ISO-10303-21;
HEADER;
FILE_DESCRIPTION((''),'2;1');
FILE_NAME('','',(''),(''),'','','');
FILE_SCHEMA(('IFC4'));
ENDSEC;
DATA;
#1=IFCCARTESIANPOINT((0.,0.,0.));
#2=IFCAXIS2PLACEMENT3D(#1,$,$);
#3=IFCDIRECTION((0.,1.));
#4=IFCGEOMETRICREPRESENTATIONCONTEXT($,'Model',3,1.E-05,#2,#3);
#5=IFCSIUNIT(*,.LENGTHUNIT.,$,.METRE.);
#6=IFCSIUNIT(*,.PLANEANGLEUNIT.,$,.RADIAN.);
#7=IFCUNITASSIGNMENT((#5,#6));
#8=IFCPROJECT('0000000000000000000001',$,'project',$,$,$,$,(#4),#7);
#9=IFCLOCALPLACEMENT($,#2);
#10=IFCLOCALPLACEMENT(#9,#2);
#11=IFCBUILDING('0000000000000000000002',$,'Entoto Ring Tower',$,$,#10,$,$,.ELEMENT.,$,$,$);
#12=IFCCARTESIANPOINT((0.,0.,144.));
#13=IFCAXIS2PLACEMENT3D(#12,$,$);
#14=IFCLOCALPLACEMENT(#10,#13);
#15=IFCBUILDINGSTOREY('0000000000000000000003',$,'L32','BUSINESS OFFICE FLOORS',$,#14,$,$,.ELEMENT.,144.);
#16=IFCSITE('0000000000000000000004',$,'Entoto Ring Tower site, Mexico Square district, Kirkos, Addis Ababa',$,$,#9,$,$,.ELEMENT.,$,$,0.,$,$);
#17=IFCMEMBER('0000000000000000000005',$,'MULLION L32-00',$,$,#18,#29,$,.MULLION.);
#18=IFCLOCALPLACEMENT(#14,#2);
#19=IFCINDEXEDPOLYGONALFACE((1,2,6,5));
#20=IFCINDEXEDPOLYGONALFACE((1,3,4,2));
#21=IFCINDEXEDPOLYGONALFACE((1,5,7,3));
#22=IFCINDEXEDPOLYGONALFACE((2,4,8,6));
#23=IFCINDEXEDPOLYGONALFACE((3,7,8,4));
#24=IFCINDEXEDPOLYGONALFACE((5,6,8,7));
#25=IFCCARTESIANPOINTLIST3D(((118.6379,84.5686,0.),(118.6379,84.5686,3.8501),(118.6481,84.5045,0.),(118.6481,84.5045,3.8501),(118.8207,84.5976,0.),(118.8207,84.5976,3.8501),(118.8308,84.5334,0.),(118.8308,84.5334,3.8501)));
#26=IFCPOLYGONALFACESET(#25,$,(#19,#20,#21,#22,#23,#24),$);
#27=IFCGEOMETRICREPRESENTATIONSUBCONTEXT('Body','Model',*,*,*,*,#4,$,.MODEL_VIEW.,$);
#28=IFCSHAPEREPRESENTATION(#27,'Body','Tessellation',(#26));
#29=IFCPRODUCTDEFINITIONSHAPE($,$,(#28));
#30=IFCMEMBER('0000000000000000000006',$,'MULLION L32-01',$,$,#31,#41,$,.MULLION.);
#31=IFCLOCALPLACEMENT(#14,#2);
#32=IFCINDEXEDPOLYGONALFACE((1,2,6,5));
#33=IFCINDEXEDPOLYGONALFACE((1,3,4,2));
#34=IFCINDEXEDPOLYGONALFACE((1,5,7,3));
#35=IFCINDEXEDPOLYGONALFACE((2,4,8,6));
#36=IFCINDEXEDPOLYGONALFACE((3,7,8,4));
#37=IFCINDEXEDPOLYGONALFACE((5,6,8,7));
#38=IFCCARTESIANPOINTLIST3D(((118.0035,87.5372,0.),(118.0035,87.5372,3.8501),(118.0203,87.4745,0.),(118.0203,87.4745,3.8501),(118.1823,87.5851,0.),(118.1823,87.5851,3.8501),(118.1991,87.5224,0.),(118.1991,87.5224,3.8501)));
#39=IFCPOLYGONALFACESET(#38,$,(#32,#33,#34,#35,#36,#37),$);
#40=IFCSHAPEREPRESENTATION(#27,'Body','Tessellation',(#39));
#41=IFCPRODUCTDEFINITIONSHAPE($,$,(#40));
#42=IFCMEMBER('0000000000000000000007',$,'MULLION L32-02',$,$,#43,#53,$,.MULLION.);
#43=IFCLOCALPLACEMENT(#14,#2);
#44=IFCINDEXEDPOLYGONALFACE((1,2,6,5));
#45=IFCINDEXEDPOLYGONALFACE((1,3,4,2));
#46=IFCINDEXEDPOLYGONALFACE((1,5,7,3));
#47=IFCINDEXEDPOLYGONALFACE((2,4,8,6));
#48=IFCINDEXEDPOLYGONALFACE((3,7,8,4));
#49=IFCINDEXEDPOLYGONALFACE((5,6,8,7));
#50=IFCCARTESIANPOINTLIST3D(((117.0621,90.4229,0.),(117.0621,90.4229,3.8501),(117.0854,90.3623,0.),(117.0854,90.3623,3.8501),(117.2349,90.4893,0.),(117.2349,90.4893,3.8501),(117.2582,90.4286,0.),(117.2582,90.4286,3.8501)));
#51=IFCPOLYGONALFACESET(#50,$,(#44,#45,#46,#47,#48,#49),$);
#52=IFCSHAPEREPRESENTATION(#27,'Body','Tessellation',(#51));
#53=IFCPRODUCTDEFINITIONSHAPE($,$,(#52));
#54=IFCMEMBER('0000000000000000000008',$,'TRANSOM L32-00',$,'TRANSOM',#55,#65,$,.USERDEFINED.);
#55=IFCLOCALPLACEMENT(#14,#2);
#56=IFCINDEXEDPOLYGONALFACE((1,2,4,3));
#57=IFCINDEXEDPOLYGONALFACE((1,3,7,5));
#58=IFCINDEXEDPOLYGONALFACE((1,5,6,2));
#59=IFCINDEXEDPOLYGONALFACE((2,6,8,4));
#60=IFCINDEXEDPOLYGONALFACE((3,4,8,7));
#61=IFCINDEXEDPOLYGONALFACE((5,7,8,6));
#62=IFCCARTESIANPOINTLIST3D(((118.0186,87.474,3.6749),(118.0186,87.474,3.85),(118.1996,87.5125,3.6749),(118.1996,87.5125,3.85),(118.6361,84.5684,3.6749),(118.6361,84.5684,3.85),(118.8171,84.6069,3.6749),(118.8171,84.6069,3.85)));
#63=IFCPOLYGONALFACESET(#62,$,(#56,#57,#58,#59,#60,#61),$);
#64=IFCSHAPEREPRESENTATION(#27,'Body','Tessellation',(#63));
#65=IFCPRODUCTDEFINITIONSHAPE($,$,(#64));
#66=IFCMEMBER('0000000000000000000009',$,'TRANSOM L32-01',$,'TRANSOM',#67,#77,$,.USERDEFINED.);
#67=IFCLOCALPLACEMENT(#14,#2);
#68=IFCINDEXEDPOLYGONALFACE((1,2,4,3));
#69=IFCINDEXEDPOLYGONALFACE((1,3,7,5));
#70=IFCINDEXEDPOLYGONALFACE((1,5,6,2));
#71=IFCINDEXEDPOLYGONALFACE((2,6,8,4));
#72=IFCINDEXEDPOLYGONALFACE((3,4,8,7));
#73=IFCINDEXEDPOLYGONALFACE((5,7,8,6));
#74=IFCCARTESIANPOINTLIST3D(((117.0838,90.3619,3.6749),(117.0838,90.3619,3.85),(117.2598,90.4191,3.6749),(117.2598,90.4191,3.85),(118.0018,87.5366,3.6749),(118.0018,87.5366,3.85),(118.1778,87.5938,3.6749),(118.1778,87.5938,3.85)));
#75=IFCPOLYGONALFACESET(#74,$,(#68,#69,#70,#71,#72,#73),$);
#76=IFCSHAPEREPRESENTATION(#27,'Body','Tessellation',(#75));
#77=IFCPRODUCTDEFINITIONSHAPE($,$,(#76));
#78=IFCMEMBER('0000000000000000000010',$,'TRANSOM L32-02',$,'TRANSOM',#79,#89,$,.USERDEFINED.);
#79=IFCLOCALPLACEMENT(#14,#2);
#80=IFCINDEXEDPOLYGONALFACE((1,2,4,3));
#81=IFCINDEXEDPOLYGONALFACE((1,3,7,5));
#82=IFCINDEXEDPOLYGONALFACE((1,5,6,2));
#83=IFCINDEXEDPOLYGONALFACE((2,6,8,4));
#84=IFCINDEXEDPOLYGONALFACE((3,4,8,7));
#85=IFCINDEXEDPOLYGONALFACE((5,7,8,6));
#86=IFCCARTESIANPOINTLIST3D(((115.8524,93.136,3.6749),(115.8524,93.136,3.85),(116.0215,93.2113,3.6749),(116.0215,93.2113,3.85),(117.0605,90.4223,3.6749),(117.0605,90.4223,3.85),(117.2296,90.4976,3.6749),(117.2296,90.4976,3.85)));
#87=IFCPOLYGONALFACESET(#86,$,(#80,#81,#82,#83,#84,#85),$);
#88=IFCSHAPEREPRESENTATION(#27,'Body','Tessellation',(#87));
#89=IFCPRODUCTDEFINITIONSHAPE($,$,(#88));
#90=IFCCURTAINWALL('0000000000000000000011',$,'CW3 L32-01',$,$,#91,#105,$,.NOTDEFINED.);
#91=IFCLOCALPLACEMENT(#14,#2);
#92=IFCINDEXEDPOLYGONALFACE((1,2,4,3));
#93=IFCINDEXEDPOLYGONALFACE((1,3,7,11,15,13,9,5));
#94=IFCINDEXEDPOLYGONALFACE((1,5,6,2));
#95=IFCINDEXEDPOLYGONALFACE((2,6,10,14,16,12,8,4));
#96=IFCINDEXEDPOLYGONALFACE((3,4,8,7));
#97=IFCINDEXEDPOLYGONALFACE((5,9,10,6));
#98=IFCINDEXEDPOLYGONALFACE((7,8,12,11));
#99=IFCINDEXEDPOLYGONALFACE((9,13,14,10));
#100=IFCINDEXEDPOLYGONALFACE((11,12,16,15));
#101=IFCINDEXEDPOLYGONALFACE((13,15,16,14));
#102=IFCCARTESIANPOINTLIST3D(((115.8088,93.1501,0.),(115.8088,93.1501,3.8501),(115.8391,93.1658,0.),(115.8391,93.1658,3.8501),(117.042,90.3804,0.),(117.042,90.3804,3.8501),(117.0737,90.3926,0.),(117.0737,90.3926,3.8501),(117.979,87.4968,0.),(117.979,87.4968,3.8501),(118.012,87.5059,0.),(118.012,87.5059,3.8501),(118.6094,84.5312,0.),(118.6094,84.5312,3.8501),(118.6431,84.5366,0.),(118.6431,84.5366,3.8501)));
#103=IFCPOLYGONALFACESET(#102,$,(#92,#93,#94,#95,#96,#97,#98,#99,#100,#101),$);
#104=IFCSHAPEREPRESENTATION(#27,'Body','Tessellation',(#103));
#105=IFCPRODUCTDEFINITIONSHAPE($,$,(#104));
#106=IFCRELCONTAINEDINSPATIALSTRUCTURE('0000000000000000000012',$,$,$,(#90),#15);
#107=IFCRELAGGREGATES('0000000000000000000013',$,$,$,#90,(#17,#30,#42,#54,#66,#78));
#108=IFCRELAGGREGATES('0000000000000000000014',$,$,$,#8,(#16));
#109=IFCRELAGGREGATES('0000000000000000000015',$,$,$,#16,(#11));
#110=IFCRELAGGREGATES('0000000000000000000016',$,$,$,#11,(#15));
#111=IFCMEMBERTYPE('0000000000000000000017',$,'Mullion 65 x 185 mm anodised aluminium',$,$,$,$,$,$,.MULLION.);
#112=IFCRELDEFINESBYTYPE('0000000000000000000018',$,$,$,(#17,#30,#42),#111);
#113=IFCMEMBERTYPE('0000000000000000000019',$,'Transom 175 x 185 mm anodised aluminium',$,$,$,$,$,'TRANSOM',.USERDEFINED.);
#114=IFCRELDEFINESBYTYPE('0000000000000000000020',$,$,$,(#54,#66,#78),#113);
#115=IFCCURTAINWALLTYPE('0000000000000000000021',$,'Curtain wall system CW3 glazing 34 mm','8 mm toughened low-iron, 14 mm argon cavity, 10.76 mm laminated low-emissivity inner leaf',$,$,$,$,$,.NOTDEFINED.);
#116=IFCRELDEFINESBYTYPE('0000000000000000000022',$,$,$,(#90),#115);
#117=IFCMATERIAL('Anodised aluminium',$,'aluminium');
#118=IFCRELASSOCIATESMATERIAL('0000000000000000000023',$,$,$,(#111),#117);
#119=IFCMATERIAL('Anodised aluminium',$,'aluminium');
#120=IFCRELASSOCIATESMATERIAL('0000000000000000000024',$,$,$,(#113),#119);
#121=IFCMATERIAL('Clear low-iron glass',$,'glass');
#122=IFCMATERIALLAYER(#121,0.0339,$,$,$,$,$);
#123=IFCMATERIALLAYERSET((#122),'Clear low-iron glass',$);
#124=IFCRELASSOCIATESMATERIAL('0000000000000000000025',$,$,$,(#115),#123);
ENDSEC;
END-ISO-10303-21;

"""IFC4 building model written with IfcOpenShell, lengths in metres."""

from ifc_helpers import new_model, si_unit, direction, frame, origin, origin_2d, place, context, subcontext, project, spatial, polyline, rectangle, outline, extrude, material, layer, layer_set, material_profile, profile_set, type_object, element, aggregate, save


model = new_model("IFC4")

# Units and contexts
model_context = context("Model", 3, precision=1e-05, world=origin(), true_north=direction((0.0, 1.0)))
body_context = subcontext(model_context, "Body", "Model", "MODEL_VIEW")
ifc_project = project(units=[si_unit("LENGTHUNIT", "METRE"), si_unit("PLANEANGLEUNIT", "RADIAN")], contexts=[model_context])

# Members
ifc_material_1 = material(Name="Anodised aluminium", Category="aluminium")
ifc_material_profile_1 = material_profile(ifc_material_1, rectangle(XDim=0.0649, YDim=0.1851, at=origin_2d()), Name="Mullion 65 x 185 mm anodised aluminium")
ifc_profile_set_1 = profile_set([ifc_material_profile_1], Name="Anodised aluminium")
member_type_1 = type_object("IfcMemberType", Name="Mullion 65 x 185 mm anodised aluminium", PredefinedType="MULLION", material=ifc_profile_set_1)
site_placement = place(None, origin())
building_placement = place(site_placement, origin())
storey_placement = place(building_placement, frame((0.0, 0.0, 144.0)))
member_1_placement = place(storey_placement, frame((118.7344, 84.551, 0.0), z_axis=(0.0, 0.0, 1.0), x_axis=(-0.156434, 0.987688, 0.0)))
member_1 = element("IfcMember", 1, at=member_1_placement, type_object=member_type_1, Name="MULLION L32-00", PredefinedType="MULLION", context=body_context, shape_type="SweptSolid", body=[
    extrude(rectangle(XDim=0.0649, YDim=0.1851, at=origin_2d()), origin(), (0.0, 0.0, 1.0), 3.8501),
])
member_2_placement = place(storey_placement, frame((118.1013, 87.5298, 0.0), z_axis=(0.0, 0.0, 1.0), x_axis=(-0.258819, 0.965926, 0.0)))
member_2 = element("IfcMember", 2, at=member_2_placement, type_object=member_type_1, Name="MULLION L32-01", PredefinedType="MULLION", context=body_context, shape_type="SweptSolid", body=[
    extrude(rectangle(XDim=0.0649, YDim=0.1851, at=origin_2d()), origin(), (0.0, 0.0, 1.0), 3.8501),
])
member_3_placement = place(storey_placement, frame((117.1602, 90.4258, 0.0), z_axis=(0.0, 0.0, 1.0), x_axis=(-0.358368, 0.93358, 0.0)))
member_3 = element("IfcMember", 3, at=member_3_placement, type_object=member_type_1, Name="MULLION L32-02", PredefinedType="MULLION", context=body_context, shape_type="SweptSolid", body=[
    extrude(rectangle(XDim=0.0649, YDim=0.1851, at=origin_2d()), origin(), (0.0, 0.0, 1.0), 3.8501),
])
ifc_material_2 = material(Name="Anodised aluminium", Category="aluminium")
ifc_material_profile_2 = material_profile(ifc_material_2, rectangle(XDim=0.1851, YDim=0.175, at=origin_2d()), Name="Transom 175 x 185 mm anodised aluminium")
ifc_profile_set_2 = profile_set([ifc_material_profile_2], Name="Anodised aluminium")
member_type_2 = type_object("IfcMemberType", Name="Transom 175 x 185 mm anodised aluminium", ElementType="TRANSOM", PredefinedType="USERDEFINED", material=ifc_profile_set_2)
member_4_placement = place(storey_placement, frame((118.7266, 84.5876, 3.7625), z_axis=(-0.207862, 0.978158, 0.0), x_axis=(-0.978158, -0.207862, 0.0)))
member_4 = element("IfcMember", 4, at=member_4_placement, type_object=member_type_2, Name="TRANSOM L32-00", ObjectType="TRANSOM", PredefinedType="USERDEFINED", context=body_context, shape_type="SweptSolid", body=[
    extrude(rectangle(XDim=0.1851, YDim=0.175, at=origin_2d()), origin(), (0.0, 0.0, 1.0), 2.9705),
])
member_5_placement = place(storey_placement, frame((118.0898, 87.5652, 3.7625), z_axis=(-0.309019, 0.951056, 0.0), x_axis=(-0.951056, -0.309019, 0.0)))
member_5 = element("IfcMember", 5, at=member_5_placement, type_object=member_type_2, Name="TRANSOM L32-01", ObjectType="TRANSOM", PredefinedType="USERDEFINED", context=body_context, shape_type="SweptSolid", body=[
    extrude(rectangle(XDim=0.1851, YDim=0.175, at=origin_2d()), origin(), (0.0, 0.0, 1.0), 2.9707),
])
member_6_placement = place(storey_placement, frame((117.145, 90.46, 3.7625), z_axis=(-0.406687, 0.913567, 0.0), x_axis=(-0.913567, -0.406687, 0.0)))
member_6 = element("IfcMember", 6, at=member_6_placement, type_object=member_type_2, Name="TRANSOM L32-02", ObjectType="TRANSOM", PredefinedType="USERDEFINED", context=body_context, shape_type="SweptSolid", body=[
    extrude(rectangle(XDim=0.1851, YDim=0.175, at=origin_2d()), origin(), (0.0, 0.0, 1.0), 2.9705),
])

# Site, building, storey
site = spatial("IfcSite", under=ifc_project, at=site_placement, Name="Entoto Ring Tower site, Mexico Square district, Kirkos, Addis Ababa", CompositionType="ELEMENT", RefElevation=0.0)
building = spatial("IfcBuilding", under=site, at=building_placement, Name="Entoto Ring Tower", CompositionType="ELEMENT")
storey = spatial("IfcBuildingStorey", under=building, at=storey_placement, Name="L32", Description="BUSINESS OFFICE FLOORS", CompositionType="ELEMENT", Elevation=144.0)

# Curtain wall
ifc_material_3 = material(Name="Clear low-iron glass", Category="glass")
ifc_layer_1 = layer(ifc_material_3, 0.0339)
ifc_layer_set_1 = layer_set([ifc_layer_1], Name="Clear low-iron glass")
curtain_wall_type = type_object("IfcCurtainWallType", Name="Curtain wall system CW3 glazing 34 mm", Description="8 mm toughened low-iron, 14 mm argon cavity, 10.76 mm laminated low-emissivity inner leaf", PredefinedType="NOTDEFINED", material=ifc_layer_set_1)
curtain_wall_1_placement = place(storey_placement, origin())
curtain_wall_1 = element("IfcCurtainWall", 7, at=curtain_wall_1_placement, inside=storey, type_object=curtain_wall_type, Name="CW3 L32-01", PredefinedType="NOTDEFINED", context=body_context, shape_type="SweptSolid", body=[
    extrude(outline(polyline([(118.6431, 84.5366), (118.012, 87.5059), (117.0737, 90.3926), (115.8391, 93.1658), (115.8088, 93.1501), (117.042, 90.3804), (117.979, 87.4968), (118.6094, 84.5312), (118.6431, 84.5366)])), origin(), (0.0, 0.0, 1.0), 3.8501),
])
aggregate(curtain_wall_1, [member_1, member_2, member_3, member_4, member_5, member_6])

save(model, "model.ifc")
